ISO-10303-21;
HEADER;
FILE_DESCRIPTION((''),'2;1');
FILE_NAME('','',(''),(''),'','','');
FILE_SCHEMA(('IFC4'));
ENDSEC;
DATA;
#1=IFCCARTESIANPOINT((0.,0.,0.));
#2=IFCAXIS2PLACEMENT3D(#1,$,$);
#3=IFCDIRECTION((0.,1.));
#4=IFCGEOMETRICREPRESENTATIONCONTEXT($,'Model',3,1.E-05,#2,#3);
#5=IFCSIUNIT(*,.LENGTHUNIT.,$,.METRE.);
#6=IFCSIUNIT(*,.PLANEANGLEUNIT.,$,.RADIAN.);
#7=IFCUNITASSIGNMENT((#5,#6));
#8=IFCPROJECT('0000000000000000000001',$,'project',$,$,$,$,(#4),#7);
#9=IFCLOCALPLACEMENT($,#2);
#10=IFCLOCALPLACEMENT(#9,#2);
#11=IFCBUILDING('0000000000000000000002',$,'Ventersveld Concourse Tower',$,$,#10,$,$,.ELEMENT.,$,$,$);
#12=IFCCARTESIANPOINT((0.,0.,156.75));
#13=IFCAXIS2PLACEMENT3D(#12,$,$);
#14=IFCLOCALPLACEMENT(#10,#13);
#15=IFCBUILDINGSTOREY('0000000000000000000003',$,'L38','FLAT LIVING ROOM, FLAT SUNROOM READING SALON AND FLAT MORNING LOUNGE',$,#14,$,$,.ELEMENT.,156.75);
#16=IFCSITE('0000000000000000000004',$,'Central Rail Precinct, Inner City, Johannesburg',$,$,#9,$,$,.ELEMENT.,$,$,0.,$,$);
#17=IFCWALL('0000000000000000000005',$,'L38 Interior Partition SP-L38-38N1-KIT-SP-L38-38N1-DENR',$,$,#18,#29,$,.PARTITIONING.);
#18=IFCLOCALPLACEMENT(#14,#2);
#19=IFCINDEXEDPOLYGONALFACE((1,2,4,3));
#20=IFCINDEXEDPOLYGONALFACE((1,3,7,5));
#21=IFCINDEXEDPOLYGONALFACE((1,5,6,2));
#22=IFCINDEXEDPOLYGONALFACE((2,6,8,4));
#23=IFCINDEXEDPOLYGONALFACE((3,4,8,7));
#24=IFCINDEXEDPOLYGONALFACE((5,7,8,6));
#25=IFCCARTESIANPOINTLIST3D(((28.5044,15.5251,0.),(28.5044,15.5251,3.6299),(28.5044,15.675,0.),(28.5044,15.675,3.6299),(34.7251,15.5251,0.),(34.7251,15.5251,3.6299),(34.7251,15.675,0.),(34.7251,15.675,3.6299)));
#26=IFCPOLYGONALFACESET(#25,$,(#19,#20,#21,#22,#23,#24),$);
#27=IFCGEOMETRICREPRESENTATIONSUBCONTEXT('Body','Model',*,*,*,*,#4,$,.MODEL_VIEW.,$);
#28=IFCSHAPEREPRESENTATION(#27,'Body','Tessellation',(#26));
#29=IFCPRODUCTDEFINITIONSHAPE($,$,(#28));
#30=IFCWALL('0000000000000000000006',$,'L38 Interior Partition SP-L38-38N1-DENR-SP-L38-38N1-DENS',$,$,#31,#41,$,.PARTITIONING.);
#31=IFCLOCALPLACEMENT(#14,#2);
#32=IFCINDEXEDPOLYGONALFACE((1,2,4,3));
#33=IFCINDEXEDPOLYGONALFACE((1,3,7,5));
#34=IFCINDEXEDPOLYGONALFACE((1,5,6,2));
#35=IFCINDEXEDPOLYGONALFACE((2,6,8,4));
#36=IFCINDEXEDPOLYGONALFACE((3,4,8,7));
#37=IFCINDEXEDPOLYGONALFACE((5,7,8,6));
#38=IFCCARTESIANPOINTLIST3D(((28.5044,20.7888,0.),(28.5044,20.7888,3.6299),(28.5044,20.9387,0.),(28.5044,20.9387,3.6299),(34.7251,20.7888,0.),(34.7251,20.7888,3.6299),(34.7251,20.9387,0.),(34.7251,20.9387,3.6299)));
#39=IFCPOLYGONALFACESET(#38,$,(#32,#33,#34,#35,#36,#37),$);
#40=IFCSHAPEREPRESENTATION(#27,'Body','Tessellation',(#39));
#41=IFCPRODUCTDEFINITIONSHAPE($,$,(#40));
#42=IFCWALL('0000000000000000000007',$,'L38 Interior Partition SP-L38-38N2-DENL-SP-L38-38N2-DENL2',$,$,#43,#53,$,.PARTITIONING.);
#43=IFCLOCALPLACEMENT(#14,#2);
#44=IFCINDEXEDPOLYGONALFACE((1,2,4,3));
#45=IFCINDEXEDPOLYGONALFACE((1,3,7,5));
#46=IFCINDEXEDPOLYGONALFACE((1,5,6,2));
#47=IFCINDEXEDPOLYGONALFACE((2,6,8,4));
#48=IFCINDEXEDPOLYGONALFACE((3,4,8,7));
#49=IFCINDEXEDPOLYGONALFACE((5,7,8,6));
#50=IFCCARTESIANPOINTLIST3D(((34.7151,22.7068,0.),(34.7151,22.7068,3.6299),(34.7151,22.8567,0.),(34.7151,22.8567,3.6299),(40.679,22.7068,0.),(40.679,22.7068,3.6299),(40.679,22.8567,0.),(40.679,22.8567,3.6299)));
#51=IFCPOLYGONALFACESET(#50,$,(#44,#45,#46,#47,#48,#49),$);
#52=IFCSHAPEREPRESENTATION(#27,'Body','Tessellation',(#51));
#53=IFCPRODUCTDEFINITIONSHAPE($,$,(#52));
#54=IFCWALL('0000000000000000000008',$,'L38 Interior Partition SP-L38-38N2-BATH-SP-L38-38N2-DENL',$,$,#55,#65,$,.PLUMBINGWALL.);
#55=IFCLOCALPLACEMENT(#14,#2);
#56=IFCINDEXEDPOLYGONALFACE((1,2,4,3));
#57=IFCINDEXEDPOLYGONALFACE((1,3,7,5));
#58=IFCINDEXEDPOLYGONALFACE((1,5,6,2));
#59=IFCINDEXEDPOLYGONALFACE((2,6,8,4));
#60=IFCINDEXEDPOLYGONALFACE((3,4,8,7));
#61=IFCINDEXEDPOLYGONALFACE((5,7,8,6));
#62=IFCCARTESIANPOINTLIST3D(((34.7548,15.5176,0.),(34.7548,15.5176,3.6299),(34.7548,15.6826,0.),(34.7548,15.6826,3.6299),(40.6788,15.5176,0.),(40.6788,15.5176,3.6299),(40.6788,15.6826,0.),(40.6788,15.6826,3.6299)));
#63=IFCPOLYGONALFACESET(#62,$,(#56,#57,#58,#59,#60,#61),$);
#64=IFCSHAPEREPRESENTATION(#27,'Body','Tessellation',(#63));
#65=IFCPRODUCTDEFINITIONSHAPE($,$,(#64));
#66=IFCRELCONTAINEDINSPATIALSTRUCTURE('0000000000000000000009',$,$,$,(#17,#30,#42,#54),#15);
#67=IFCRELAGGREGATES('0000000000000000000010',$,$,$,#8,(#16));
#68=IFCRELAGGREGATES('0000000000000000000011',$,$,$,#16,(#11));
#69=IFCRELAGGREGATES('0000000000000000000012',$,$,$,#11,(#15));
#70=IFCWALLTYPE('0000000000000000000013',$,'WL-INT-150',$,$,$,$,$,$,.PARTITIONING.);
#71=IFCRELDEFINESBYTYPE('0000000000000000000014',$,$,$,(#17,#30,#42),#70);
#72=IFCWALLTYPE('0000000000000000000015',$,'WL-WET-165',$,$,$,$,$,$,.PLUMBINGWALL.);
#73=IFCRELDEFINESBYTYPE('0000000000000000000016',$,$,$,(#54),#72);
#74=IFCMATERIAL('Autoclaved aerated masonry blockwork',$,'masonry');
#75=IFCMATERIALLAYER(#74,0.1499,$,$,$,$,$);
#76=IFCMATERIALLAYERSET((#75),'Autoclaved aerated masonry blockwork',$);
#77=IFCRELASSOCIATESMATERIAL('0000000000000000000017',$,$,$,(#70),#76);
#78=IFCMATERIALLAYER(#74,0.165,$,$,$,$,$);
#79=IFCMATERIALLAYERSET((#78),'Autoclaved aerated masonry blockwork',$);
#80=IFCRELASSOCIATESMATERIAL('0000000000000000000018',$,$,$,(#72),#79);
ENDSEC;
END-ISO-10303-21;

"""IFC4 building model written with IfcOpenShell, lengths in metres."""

from ifc_helpers import new_model, si_unit, direction, frame, frame_2d, origin, place, context, subcontext, project, spatial, rectangle, extrude, material, layer, layer_set, type_object, element, save


model = new_model("IFC4")

# Units and contexts
model_context = context("Model", 3, precision=1e-05, world=origin(), true_north=direction((0.0, 1.0)))
body_context = subcontext(model_context, "Body", "Model", "MODEL_VIEW")
ifc_project = project(units=[si_unit("LENGTHUNIT", "METRE"), si_unit("PLANEANGLEUNIT", "RADIAN")], contexts=[model_context])

# Site, building, storey
site_placement = place(None, origin())
site = spatial("IfcSite", under=ifc_project, at=site_placement, Name="Central Rail Precinct, Inner City, Johannesburg", CompositionType="ELEMENT", RefElevation=0.0)
building_placement = place(site_placement, origin())
building = spatial("IfcBuilding", under=site, at=building_placement, Name="Ventersveld Concourse Tower", CompositionType="ELEMENT")
storey_placement = place(building_placement, frame((0.0, 0.0, 156.75)))
storey = spatial("IfcBuildingStorey", under=building, at=storey_placement, Name="L38", Description="FLAT LIVING ROOM, FLAT SUNROOM READING SALON AND FLAT MORNING LOUNGE", CompositionType="ELEMENT", Elevation=156.75)

# Shared definitions
ifc_material_1 = material(Name="Autoclaved aerated masonry blockwork", Category="masonry")
ifc_layer_1 = layer(ifc_material_1, 0.1499)
ifc_layer_set_1 = layer_set([ifc_layer_1], Name="Autoclaved aerated masonry blockwork")
wall_type_1 = type_object("IfcWallType", Name="WL-INT-150", PredefinedType="PARTITIONING", material=ifc_layer_set_1)

# Walls
for number, where, z_axis, x_axis, name in (
    (1, (28.5044, 15.6001, 0.0), (0.0, 0.0, 1.0), (1.0, 0.0, 0.0), "L38 Interior Partition SP-L38-38N1-KIT-SP-L38-38N1-DENR"),
    (2, (28.5044, 20.8638, 0.0), (0.0, 0.0, 1.0), (1.0, 0.0, 0.0), "L38 Interior Partition SP-L38-38N1-DENR-SP-L38-38N1-DENS"),
):
    element("IfcWall", number, at=place(storey_placement, frame(where, z_axis=z_axis, x_axis=x_axis)), inside=storey, type_object=wall_type_1, Name=name, PredefinedType="PARTITIONING", context=body_context, shape_type="SweptSolid", body=[
        extrude(rectangle(XDim=6.2207, YDim=0.1499, at=frame_2d((3.1104, 0.0))), origin(), (0.0, 0.0, 1.0), 3.6299),
    ])
wall_1_placement = place(storey_placement, frame((34.7151, 22.7817, 0.0), z_axis=(0.0, 0.0, 1.0), x_axis=(1.0, 0.0, 0.0)))
element("IfcWall", 3, at=wall_1_placement, inside=storey, type_object=wall_type_1, Name="L38 Interior Partition SP-L38-38N2-DENL-SP-L38-38N2-DENL2", PredefinedType="PARTITIONING", context=body_context, shape_type="SweptSolid", body=[
    extrude(rectangle(XDim=5.9639, YDim=0.1499, at=frame_2d((2.9819, 0.0))), origin(), (0.0, 0.0, 1.0), 3.6299),
])
ifc_layer_2 = layer(ifc_material_1, 0.165)
ifc_layer_set_2 = layer_set([ifc_layer_2], Name="Autoclaved aerated masonry blockwork")
wall_type_2 = type_object("IfcWallType", Name="WL-WET-165", PredefinedType="PLUMBINGWALL", material=ifc_layer_set_2)
wall_2_placement = place(storey_placement, frame((34.7549, 15.6001, 0.0), z_axis=(0.0, 0.0, 1.0), x_axis=(1.0, 0.0, 0.0)))
element("IfcWall", 4, at=wall_2_placement, inside=storey, type_object=wall_type_2, Name="L38 Interior Partition SP-L38-38N2-BATH-SP-L38-38N2-DENL", PredefinedType="PLUMBINGWALL", context=body_context, shape_type="SweptSolid", body=[
    extrude(rectangle(XDim=5.9241, YDim=0.165, at=frame_2d((2.9619, 0.0))), origin(), (0.0, 0.0, 1.0), 3.6299),
])

save(model, "model.ifc")
